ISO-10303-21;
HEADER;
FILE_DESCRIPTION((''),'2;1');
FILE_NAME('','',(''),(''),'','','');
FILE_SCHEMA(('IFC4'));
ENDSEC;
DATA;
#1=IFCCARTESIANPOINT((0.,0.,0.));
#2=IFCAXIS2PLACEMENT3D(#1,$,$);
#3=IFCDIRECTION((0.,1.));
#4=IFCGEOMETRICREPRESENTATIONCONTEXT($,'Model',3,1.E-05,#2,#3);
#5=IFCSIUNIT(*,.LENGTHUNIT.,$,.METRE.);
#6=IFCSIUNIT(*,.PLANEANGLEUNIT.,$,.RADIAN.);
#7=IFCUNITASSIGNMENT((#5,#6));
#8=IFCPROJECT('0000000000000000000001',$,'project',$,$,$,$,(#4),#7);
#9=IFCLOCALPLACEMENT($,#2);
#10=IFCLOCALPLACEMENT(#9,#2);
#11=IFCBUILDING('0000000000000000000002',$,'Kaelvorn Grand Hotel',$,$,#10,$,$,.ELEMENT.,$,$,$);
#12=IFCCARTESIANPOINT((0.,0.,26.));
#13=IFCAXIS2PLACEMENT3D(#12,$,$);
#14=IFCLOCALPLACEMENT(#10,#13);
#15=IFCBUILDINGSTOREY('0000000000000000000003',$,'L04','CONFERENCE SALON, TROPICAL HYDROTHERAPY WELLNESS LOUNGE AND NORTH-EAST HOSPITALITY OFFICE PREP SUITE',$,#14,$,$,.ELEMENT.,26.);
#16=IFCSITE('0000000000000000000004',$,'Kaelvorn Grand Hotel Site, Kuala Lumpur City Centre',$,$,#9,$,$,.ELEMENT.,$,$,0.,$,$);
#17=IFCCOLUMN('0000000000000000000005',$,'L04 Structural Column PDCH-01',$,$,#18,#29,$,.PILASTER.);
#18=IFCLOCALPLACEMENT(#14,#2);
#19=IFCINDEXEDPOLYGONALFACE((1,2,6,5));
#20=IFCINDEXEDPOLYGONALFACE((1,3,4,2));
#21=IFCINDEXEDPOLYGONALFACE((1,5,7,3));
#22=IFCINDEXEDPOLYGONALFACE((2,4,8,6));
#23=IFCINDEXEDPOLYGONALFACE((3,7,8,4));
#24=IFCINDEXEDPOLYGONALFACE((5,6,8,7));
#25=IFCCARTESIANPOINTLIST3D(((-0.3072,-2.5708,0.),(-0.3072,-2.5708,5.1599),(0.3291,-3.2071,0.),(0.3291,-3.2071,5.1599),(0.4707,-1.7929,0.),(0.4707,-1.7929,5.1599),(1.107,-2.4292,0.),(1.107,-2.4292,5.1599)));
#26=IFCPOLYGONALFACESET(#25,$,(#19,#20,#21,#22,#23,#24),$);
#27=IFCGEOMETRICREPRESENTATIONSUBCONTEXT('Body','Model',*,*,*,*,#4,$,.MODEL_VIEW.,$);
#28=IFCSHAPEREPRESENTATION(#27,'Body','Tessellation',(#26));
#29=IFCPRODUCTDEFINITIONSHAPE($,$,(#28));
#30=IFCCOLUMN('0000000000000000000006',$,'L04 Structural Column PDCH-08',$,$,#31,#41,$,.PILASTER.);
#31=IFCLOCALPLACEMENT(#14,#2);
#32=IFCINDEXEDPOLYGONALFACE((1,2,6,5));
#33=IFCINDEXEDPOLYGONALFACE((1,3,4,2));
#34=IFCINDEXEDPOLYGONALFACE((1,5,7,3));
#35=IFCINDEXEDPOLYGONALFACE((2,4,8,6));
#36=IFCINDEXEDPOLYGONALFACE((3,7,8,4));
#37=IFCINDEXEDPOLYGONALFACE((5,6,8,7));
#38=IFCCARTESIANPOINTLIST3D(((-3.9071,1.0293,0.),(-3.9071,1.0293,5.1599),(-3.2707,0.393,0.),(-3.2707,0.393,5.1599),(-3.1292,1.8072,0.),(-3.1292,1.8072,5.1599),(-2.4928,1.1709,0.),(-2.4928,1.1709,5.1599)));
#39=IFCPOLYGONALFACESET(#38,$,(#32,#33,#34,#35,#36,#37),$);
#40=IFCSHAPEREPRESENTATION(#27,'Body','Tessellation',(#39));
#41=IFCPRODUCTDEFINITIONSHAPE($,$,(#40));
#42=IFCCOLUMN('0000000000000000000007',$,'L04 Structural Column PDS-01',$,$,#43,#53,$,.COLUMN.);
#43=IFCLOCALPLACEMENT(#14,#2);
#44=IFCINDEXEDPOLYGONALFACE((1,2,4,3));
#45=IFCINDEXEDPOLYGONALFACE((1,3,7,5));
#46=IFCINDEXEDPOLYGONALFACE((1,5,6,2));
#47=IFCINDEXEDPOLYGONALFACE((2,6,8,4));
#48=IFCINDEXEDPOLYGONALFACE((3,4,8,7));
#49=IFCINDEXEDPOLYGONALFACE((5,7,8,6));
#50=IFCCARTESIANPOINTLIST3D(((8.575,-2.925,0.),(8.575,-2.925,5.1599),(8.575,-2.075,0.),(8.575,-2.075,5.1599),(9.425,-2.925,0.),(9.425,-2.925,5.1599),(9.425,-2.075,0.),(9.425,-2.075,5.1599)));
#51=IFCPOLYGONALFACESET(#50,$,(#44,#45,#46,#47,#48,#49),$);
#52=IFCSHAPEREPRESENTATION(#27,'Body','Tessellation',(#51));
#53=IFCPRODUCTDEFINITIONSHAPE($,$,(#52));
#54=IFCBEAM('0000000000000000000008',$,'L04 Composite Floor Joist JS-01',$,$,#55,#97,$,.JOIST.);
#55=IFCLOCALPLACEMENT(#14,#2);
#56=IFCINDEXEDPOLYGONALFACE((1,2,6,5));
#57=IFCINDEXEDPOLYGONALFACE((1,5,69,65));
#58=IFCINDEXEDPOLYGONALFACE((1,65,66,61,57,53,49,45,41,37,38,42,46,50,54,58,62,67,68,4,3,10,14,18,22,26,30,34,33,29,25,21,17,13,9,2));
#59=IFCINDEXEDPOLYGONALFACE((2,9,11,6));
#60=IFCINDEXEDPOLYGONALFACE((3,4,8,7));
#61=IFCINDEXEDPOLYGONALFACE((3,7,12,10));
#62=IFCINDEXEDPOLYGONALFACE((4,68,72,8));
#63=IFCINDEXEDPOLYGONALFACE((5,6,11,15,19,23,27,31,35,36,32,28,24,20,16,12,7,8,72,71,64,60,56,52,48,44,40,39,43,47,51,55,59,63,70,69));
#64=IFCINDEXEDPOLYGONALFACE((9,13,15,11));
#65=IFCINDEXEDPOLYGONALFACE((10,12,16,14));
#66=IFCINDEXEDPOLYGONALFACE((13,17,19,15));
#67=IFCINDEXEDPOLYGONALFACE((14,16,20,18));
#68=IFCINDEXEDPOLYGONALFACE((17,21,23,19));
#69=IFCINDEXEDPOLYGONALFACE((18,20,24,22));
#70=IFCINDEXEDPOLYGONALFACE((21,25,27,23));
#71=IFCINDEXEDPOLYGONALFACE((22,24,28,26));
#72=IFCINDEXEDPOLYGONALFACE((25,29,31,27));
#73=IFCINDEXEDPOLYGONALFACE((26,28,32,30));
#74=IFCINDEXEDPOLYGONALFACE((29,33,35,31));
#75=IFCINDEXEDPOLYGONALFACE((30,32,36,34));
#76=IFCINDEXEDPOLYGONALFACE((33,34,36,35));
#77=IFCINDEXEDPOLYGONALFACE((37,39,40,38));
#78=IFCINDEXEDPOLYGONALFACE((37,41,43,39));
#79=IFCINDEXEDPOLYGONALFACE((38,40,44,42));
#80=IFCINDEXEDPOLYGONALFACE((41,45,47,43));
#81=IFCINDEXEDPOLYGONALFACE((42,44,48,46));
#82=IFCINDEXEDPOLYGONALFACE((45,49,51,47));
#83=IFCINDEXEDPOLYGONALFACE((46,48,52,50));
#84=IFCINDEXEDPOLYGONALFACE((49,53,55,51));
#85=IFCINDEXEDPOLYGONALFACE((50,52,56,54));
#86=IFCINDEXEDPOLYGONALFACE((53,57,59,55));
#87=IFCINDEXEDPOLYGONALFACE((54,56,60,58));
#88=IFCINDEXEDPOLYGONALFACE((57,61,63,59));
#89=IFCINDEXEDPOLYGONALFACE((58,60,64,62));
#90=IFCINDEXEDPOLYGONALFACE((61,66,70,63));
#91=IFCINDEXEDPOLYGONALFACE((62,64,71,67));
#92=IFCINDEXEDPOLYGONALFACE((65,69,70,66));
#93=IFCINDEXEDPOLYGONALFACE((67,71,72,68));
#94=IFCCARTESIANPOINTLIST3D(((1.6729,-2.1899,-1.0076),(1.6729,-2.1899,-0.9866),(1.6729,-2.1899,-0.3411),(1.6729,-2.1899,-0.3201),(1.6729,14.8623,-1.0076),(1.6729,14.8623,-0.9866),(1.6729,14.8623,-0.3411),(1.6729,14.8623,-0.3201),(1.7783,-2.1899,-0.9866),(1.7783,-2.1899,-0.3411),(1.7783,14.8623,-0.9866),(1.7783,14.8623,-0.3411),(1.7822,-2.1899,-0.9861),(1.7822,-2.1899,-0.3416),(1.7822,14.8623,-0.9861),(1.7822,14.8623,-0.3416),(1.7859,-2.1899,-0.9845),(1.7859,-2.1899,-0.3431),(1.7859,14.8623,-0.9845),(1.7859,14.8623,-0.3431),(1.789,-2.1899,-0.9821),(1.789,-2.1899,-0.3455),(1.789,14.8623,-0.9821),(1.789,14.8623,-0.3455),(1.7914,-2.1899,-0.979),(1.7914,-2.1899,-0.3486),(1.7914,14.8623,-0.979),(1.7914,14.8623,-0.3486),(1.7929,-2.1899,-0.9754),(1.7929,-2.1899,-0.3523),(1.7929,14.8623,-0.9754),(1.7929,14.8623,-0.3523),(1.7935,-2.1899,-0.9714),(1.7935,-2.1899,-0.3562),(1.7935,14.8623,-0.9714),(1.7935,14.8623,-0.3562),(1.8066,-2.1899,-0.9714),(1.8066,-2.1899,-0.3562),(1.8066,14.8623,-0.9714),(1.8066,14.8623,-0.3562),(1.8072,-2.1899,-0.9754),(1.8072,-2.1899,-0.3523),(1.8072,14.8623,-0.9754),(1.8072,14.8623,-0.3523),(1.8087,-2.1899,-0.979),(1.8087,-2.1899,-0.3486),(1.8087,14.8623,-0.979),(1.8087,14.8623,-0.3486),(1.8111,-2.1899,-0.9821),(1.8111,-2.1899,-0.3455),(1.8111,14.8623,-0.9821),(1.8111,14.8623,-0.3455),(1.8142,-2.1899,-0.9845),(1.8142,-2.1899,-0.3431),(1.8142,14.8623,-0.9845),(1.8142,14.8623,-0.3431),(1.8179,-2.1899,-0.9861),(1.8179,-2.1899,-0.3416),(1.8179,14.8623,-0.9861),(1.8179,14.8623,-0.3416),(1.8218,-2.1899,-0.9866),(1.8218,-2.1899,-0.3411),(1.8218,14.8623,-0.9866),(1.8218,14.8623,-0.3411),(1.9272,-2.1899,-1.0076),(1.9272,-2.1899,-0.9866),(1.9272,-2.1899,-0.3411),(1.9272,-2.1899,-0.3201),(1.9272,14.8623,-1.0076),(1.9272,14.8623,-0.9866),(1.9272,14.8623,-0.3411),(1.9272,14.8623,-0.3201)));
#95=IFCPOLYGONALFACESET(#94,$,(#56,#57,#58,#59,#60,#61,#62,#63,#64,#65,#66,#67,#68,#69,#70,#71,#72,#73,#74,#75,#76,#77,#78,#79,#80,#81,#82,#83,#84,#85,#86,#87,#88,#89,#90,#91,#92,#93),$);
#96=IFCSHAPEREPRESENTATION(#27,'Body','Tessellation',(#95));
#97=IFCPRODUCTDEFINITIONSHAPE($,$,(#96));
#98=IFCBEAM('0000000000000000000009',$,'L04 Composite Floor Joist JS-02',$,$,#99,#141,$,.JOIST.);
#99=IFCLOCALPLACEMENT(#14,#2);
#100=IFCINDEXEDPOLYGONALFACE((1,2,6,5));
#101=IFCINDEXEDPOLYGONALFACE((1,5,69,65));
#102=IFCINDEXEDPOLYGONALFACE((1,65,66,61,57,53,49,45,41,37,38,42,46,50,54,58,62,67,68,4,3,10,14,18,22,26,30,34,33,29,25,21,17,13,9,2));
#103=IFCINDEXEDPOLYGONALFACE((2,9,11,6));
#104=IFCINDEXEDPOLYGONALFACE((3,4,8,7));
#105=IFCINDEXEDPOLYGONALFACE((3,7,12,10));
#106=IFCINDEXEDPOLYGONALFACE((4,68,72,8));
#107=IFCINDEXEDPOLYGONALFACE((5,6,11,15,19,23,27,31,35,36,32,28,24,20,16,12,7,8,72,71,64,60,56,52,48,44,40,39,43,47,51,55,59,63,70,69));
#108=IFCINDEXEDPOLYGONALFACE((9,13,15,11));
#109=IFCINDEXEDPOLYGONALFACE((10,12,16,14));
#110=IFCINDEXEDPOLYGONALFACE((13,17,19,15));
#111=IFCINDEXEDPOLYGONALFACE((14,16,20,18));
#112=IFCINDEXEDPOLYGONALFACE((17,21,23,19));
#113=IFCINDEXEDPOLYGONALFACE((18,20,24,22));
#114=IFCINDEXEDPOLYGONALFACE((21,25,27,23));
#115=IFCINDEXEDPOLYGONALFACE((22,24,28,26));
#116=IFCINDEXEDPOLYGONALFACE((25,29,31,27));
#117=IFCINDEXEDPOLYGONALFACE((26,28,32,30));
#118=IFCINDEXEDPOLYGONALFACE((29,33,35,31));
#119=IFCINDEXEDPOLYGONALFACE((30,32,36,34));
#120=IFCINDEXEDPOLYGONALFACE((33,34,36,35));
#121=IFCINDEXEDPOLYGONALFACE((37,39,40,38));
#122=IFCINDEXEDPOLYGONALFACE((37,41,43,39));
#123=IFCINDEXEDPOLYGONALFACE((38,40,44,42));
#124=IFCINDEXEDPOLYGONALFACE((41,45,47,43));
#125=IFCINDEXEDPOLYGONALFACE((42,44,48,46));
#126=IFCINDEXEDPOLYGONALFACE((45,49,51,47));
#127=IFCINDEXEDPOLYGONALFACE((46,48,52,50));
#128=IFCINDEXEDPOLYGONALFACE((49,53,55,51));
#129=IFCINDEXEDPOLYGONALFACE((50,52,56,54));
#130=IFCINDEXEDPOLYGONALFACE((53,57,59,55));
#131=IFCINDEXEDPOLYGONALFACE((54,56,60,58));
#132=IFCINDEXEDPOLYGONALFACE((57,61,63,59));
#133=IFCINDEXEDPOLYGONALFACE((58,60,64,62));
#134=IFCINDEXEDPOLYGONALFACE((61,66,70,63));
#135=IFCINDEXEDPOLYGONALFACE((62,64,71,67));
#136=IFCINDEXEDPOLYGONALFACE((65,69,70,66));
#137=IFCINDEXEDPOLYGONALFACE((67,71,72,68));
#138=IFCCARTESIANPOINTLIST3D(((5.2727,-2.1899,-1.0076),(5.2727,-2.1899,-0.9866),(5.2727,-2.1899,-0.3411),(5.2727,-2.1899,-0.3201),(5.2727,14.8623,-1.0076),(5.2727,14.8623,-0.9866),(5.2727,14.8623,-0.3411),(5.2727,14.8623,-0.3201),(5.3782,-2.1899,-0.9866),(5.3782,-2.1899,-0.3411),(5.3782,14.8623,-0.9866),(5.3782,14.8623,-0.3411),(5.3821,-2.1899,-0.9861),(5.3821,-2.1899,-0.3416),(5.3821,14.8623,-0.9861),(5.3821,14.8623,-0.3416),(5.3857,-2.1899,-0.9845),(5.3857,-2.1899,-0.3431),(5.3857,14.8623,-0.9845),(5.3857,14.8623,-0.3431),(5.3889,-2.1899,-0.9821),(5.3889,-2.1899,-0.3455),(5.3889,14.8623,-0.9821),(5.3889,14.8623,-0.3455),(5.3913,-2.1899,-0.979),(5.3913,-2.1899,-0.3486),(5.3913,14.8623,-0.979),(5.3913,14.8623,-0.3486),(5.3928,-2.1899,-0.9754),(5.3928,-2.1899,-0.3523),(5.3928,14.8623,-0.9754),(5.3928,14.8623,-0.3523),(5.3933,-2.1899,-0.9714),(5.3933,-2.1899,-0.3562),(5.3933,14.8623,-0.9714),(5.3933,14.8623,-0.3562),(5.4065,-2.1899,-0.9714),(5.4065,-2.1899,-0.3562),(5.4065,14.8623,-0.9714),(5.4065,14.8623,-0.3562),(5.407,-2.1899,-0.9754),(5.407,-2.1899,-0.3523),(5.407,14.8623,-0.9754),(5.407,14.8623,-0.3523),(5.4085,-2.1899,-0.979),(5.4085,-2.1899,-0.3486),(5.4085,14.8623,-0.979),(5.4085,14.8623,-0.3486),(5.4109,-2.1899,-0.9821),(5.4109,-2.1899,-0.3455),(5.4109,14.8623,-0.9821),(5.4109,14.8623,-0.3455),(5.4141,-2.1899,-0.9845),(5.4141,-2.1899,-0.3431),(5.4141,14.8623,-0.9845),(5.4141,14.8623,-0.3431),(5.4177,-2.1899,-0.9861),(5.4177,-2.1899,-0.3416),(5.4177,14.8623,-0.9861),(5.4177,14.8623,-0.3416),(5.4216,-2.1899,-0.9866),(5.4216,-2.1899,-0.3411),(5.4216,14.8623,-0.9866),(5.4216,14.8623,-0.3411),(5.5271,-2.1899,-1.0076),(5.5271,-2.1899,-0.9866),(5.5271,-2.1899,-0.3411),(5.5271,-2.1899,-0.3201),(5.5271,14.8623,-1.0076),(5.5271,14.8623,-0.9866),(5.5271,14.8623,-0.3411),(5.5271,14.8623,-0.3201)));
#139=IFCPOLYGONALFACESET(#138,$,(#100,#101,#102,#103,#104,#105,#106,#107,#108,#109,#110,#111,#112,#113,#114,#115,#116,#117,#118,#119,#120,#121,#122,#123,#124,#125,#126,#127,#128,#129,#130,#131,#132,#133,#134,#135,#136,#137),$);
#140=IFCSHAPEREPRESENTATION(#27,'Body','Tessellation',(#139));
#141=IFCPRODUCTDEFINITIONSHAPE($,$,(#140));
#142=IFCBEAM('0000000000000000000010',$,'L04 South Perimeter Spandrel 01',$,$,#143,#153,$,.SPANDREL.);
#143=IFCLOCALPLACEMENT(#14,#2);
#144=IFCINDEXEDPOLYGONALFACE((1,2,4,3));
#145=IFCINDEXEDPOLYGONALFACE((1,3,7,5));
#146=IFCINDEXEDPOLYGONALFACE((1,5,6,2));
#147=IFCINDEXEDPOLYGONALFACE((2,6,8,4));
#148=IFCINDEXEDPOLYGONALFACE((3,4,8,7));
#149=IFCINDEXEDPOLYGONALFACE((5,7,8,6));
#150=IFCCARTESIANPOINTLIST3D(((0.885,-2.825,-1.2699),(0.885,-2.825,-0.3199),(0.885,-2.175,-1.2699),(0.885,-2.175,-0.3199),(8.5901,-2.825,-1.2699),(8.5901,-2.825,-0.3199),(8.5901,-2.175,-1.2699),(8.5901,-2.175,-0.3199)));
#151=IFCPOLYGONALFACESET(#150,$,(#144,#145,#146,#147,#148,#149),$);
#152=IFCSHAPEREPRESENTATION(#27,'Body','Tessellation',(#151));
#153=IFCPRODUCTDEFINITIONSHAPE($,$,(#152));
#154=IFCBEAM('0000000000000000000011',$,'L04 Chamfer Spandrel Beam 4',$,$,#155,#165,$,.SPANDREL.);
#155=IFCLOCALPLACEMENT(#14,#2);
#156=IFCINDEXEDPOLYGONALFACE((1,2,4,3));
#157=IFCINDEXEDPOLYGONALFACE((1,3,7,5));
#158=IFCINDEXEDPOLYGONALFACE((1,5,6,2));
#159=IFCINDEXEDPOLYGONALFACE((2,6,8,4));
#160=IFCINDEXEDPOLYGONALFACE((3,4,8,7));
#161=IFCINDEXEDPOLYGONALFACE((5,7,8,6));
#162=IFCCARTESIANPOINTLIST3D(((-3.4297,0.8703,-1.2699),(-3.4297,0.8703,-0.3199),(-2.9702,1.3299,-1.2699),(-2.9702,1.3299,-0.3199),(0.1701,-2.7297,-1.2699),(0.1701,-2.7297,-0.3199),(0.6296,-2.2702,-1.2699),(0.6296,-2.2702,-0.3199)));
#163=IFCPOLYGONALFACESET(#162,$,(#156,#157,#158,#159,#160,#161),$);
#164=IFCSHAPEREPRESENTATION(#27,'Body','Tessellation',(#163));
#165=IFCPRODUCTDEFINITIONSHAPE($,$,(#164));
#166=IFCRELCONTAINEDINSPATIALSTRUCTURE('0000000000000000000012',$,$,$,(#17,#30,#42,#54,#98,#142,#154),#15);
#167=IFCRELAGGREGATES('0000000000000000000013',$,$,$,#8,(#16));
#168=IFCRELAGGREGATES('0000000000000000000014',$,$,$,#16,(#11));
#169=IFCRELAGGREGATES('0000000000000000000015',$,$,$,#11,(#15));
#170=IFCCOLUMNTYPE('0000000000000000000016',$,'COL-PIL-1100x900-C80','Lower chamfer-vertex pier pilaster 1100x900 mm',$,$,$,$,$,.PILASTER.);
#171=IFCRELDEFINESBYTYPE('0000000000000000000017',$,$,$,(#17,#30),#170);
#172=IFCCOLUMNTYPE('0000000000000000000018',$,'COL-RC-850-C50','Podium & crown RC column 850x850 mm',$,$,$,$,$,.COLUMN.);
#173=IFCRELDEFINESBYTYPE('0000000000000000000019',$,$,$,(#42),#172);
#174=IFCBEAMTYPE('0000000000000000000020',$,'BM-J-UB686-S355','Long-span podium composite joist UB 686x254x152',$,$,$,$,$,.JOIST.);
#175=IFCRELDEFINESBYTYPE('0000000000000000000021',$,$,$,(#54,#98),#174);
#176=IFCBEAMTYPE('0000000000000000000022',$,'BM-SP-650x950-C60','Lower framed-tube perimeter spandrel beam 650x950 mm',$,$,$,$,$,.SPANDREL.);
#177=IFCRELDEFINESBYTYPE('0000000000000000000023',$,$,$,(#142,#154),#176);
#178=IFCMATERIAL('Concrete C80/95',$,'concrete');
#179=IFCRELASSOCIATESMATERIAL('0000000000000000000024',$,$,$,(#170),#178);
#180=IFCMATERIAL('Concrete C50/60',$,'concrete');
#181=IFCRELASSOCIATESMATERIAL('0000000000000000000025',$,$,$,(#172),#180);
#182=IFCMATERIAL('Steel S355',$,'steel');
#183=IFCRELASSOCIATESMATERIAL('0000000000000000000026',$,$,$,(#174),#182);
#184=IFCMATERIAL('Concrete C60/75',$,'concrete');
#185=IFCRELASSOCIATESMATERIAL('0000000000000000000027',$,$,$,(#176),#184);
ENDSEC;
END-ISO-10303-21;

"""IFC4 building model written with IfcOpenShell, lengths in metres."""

from ifc_helpers import new_model, si_unit, direction, frame, origin, origin_2d, place, context, subcontext, project, spatial, rectangle, i_section, extrude, material, material_profile, profile_set, type_object, element, save


model = new_model("IFC4")

# Units and contexts
model_context = context("Model", 3, precision=1e-05, world=origin(), true_north=direction((0.0, 1.0)))
body_context = subcontext(model_context, "Body", "Model", "MODEL_VIEW")
ifc_project = project(units=[si_unit("LENGTHUNIT", "METRE"), si_unit("PLANEANGLEUNIT", "RADIAN")], contexts=[model_context])

# Site, building, storey
site_placement = place(None, origin())
site = spatial("IfcSite", under=ifc_project, at=site_placement, Name="Kaelvorn Grand Hotel Site, Kuala Lumpur City Centre", CompositionType="ELEMENT", RefElevation=0.0)
building_placement = place(site_placement, origin())
building = spatial("IfcBuilding", under=site, at=building_placement, Name="Kaelvorn Grand Hotel", CompositionType="ELEMENT")
storey_placement = place(building_placement, frame((0.0, 0.0, 26.0)))
storey = spatial("IfcBuildingStorey", under=building, at=storey_placement, Name="L04", Description="CONFERENCE SALON, TROPICAL HYDROTHERAPY WELLNESS LOUNGE AND NORTH-EAST HOSPITALITY OFFICE PREP SUITE", CompositionType="ELEMENT", Elevation=26.0)

# Columns
ifc_material_1 = material(Name="Concrete C80/95", Category="concrete")
ifc_material_profile_1 = material_profile(ifc_material_1, rectangle(XDim=1.1001, YDim=0.8999, at=origin_2d()), Name="RC PILASTER 1100x900")
ifc_profile_set_1 = profile_set([ifc_material_profile_1], Name="Concrete C80/95")
column_type_1 = type_object("IfcColumnType", Name="COL-PIL-1100x900-C80", Description="Lower chamfer-vertex pier pilaster 1100x900 mm", PredefinedType="PILASTER", material=ifc_profile_set_1)
for number, where, z_axis, x_axis, name in (
    (1, (0.3999, -2.5, 0.0), (0.0, 0.0, 1.0), (0.707107, 0.707107, 0.0), "L04 Structural Column PDCH-01"),
    (2, (-3.2, 1.1001, 0.0), (0.0, 0.0, 1.0), (0.707107, 0.707107, 0.0), "L04 Structural Column PDCH-08"),
):
    element("IfcColumn", number, at=place(storey_placement, frame(where, z_axis=z_axis, x_axis=x_axis)), inside=storey, type_object=column_type_1, Name=name, PredefinedType="PILASTER", context=body_context, shape_type="SweptSolid", body=[
        extrude(rectangle(XDim=1.1001, YDim=0.8999, at=origin_2d()), origin(), (0.0, 0.0, 1.0), 5.1599),
    ])
ifc_material_2 = material(Name="Concrete C50/60", Category="concrete")
ifc_material_profile_2 = material_profile(ifc_material_2, rectangle(XDim=0.8501, YDim=0.8501, at=origin_2d()), Name="RC COL 850x850")
ifc_profile_set_2 = profile_set([ifc_material_profile_2], Name="Concrete C50/60")
column_type_2 = type_object("IfcColumnType", Name="COL-RC-850-C50", Description="Podium & crown RC column 850x850 mm", PredefinedType="COLUMN", material=ifc_profile_set_2)
column_placement = place(storey_placement, frame((9.0, -2.5, 0.0), z_axis=(0.0, 0.0, 1.0), x_axis=(1.0, 0.0, 0.0)))
element("IfcColumn", 3, at=column_placement, inside=storey, type_object=column_type_2, Name="L04 Structural Column PDS-01", PredefinedType="COLUMN", context=body_context, shape_type="SweptSolid", body=[
    extrude(rectangle(XDim=0.8501, YDim=0.8501, at=origin_2d()), origin(), (0.0, 0.0, 1.0), 5.1599),
])

# Beams
ifc_material_3 = material(Name="Steel S355", Category="steel")
ifc_material_profile_3 = material_profile(ifc_material_3, i_section(OverallWidth=0.2544, OverallDepth=0.6875, WebThickness=0.0132, FlangeThickness=0.021, FilletRadius=0.0151, at=origin_2d()), Name="UB 686x254x152")
ifc_profile_set_3 = profile_set([ifc_material_profile_3], Name="Steel S355")
beam_type_1 = type_object("IfcBeamType", Name="BM-J-UB686-S355", Description="Long-span podium composite joist UB 686x254x152", PredefinedType="JOIST", material=ifc_profile_set_3)
for number, where, z_axis, x_axis, name in (
    (4, (1.8, -2.1899, -0.6638), (0.0, 1.0, 0.0), (-1.0, 0.0, 0.0), "L04 Composite Floor Joist JS-01"),
    (5, (5.3999, -2.1899, -0.6638), (0.0, 1.0, 0.0), (-1.0, 0.0, 0.0), "L04 Composite Floor Joist JS-02"),
):
    element("IfcBeam", number, at=place(storey_placement, frame(where, z_axis=z_axis, x_axis=x_axis)), inside=storey, type_object=beam_type_1, Name=name, PredefinedType="JOIST", context=body_context, shape_type="SweptSolid", body=[
        extrude(i_section(OverallWidth=0.2544, OverallDepth=0.6875, WebThickness=0.0132, FlangeThickness=0.021, FilletRadius=0.0151, at=origin_2d()), origin(), (0.0, 0.0, 1.0), 17.0522),
    ])
ifc_material_4 = material(Name="Concrete C60/75", Category="concrete")
ifc_material_profile_4 = material_profile(ifc_material_4, rectangle(XDim=0.6499, YDim=0.95, at=origin_2d()), Name="RC SPANDREL 650x950")
ifc_profile_set_4 = profile_set([ifc_material_profile_4], Name="Concrete C60/75")
beam_type_2 = type_object("IfcBeamType", Name="BM-SP-650x950-C60", Description="Lower framed-tube perimeter spandrel beam 650x950 mm", PredefinedType="SPANDREL", material=ifc_profile_set_4)
beam_1_placement = place(storey_placement, frame((0.885, -2.5, -0.7949), z_axis=(1.0, 0.0, 0.0), x_axis=(0.0, 1.0, 0.0)))
element("IfcBeam", 6, at=beam_1_placement, inside=storey, type_object=beam_type_2, Name="L04 South Perimeter Spandrel 01", PredefinedType="SPANDREL", context=body_context, shape_type="SweptSolid", body=[
    extrude(rectangle(XDim=0.6499, YDim=0.95, at=origin_2d()), origin(), (0.0, 0.0, 1.0), 7.7051),
])
beam_2_placement = place(storey_placement, frame((-3.2, 1.1001, -0.7949), z_axis=(0.707083, -0.707131, 0.0), x_axis=(0.707131, 0.707083, 0.0)))
element("IfcBeam", 7, at=beam_2_placement, inside=storey, type_object=beam_type_2, Name="L04 Chamfer Spandrel Beam 4", PredefinedType="SPANDREL", context=body_context, shape_type="SweptSolid", body=[
    extrude(rectangle(XDim=0.6499, YDim=0.95, at=origin_2d()), origin(), (0.0, 0.0, 1.0), 5.0911),
])

save(model, "model.ifc")
